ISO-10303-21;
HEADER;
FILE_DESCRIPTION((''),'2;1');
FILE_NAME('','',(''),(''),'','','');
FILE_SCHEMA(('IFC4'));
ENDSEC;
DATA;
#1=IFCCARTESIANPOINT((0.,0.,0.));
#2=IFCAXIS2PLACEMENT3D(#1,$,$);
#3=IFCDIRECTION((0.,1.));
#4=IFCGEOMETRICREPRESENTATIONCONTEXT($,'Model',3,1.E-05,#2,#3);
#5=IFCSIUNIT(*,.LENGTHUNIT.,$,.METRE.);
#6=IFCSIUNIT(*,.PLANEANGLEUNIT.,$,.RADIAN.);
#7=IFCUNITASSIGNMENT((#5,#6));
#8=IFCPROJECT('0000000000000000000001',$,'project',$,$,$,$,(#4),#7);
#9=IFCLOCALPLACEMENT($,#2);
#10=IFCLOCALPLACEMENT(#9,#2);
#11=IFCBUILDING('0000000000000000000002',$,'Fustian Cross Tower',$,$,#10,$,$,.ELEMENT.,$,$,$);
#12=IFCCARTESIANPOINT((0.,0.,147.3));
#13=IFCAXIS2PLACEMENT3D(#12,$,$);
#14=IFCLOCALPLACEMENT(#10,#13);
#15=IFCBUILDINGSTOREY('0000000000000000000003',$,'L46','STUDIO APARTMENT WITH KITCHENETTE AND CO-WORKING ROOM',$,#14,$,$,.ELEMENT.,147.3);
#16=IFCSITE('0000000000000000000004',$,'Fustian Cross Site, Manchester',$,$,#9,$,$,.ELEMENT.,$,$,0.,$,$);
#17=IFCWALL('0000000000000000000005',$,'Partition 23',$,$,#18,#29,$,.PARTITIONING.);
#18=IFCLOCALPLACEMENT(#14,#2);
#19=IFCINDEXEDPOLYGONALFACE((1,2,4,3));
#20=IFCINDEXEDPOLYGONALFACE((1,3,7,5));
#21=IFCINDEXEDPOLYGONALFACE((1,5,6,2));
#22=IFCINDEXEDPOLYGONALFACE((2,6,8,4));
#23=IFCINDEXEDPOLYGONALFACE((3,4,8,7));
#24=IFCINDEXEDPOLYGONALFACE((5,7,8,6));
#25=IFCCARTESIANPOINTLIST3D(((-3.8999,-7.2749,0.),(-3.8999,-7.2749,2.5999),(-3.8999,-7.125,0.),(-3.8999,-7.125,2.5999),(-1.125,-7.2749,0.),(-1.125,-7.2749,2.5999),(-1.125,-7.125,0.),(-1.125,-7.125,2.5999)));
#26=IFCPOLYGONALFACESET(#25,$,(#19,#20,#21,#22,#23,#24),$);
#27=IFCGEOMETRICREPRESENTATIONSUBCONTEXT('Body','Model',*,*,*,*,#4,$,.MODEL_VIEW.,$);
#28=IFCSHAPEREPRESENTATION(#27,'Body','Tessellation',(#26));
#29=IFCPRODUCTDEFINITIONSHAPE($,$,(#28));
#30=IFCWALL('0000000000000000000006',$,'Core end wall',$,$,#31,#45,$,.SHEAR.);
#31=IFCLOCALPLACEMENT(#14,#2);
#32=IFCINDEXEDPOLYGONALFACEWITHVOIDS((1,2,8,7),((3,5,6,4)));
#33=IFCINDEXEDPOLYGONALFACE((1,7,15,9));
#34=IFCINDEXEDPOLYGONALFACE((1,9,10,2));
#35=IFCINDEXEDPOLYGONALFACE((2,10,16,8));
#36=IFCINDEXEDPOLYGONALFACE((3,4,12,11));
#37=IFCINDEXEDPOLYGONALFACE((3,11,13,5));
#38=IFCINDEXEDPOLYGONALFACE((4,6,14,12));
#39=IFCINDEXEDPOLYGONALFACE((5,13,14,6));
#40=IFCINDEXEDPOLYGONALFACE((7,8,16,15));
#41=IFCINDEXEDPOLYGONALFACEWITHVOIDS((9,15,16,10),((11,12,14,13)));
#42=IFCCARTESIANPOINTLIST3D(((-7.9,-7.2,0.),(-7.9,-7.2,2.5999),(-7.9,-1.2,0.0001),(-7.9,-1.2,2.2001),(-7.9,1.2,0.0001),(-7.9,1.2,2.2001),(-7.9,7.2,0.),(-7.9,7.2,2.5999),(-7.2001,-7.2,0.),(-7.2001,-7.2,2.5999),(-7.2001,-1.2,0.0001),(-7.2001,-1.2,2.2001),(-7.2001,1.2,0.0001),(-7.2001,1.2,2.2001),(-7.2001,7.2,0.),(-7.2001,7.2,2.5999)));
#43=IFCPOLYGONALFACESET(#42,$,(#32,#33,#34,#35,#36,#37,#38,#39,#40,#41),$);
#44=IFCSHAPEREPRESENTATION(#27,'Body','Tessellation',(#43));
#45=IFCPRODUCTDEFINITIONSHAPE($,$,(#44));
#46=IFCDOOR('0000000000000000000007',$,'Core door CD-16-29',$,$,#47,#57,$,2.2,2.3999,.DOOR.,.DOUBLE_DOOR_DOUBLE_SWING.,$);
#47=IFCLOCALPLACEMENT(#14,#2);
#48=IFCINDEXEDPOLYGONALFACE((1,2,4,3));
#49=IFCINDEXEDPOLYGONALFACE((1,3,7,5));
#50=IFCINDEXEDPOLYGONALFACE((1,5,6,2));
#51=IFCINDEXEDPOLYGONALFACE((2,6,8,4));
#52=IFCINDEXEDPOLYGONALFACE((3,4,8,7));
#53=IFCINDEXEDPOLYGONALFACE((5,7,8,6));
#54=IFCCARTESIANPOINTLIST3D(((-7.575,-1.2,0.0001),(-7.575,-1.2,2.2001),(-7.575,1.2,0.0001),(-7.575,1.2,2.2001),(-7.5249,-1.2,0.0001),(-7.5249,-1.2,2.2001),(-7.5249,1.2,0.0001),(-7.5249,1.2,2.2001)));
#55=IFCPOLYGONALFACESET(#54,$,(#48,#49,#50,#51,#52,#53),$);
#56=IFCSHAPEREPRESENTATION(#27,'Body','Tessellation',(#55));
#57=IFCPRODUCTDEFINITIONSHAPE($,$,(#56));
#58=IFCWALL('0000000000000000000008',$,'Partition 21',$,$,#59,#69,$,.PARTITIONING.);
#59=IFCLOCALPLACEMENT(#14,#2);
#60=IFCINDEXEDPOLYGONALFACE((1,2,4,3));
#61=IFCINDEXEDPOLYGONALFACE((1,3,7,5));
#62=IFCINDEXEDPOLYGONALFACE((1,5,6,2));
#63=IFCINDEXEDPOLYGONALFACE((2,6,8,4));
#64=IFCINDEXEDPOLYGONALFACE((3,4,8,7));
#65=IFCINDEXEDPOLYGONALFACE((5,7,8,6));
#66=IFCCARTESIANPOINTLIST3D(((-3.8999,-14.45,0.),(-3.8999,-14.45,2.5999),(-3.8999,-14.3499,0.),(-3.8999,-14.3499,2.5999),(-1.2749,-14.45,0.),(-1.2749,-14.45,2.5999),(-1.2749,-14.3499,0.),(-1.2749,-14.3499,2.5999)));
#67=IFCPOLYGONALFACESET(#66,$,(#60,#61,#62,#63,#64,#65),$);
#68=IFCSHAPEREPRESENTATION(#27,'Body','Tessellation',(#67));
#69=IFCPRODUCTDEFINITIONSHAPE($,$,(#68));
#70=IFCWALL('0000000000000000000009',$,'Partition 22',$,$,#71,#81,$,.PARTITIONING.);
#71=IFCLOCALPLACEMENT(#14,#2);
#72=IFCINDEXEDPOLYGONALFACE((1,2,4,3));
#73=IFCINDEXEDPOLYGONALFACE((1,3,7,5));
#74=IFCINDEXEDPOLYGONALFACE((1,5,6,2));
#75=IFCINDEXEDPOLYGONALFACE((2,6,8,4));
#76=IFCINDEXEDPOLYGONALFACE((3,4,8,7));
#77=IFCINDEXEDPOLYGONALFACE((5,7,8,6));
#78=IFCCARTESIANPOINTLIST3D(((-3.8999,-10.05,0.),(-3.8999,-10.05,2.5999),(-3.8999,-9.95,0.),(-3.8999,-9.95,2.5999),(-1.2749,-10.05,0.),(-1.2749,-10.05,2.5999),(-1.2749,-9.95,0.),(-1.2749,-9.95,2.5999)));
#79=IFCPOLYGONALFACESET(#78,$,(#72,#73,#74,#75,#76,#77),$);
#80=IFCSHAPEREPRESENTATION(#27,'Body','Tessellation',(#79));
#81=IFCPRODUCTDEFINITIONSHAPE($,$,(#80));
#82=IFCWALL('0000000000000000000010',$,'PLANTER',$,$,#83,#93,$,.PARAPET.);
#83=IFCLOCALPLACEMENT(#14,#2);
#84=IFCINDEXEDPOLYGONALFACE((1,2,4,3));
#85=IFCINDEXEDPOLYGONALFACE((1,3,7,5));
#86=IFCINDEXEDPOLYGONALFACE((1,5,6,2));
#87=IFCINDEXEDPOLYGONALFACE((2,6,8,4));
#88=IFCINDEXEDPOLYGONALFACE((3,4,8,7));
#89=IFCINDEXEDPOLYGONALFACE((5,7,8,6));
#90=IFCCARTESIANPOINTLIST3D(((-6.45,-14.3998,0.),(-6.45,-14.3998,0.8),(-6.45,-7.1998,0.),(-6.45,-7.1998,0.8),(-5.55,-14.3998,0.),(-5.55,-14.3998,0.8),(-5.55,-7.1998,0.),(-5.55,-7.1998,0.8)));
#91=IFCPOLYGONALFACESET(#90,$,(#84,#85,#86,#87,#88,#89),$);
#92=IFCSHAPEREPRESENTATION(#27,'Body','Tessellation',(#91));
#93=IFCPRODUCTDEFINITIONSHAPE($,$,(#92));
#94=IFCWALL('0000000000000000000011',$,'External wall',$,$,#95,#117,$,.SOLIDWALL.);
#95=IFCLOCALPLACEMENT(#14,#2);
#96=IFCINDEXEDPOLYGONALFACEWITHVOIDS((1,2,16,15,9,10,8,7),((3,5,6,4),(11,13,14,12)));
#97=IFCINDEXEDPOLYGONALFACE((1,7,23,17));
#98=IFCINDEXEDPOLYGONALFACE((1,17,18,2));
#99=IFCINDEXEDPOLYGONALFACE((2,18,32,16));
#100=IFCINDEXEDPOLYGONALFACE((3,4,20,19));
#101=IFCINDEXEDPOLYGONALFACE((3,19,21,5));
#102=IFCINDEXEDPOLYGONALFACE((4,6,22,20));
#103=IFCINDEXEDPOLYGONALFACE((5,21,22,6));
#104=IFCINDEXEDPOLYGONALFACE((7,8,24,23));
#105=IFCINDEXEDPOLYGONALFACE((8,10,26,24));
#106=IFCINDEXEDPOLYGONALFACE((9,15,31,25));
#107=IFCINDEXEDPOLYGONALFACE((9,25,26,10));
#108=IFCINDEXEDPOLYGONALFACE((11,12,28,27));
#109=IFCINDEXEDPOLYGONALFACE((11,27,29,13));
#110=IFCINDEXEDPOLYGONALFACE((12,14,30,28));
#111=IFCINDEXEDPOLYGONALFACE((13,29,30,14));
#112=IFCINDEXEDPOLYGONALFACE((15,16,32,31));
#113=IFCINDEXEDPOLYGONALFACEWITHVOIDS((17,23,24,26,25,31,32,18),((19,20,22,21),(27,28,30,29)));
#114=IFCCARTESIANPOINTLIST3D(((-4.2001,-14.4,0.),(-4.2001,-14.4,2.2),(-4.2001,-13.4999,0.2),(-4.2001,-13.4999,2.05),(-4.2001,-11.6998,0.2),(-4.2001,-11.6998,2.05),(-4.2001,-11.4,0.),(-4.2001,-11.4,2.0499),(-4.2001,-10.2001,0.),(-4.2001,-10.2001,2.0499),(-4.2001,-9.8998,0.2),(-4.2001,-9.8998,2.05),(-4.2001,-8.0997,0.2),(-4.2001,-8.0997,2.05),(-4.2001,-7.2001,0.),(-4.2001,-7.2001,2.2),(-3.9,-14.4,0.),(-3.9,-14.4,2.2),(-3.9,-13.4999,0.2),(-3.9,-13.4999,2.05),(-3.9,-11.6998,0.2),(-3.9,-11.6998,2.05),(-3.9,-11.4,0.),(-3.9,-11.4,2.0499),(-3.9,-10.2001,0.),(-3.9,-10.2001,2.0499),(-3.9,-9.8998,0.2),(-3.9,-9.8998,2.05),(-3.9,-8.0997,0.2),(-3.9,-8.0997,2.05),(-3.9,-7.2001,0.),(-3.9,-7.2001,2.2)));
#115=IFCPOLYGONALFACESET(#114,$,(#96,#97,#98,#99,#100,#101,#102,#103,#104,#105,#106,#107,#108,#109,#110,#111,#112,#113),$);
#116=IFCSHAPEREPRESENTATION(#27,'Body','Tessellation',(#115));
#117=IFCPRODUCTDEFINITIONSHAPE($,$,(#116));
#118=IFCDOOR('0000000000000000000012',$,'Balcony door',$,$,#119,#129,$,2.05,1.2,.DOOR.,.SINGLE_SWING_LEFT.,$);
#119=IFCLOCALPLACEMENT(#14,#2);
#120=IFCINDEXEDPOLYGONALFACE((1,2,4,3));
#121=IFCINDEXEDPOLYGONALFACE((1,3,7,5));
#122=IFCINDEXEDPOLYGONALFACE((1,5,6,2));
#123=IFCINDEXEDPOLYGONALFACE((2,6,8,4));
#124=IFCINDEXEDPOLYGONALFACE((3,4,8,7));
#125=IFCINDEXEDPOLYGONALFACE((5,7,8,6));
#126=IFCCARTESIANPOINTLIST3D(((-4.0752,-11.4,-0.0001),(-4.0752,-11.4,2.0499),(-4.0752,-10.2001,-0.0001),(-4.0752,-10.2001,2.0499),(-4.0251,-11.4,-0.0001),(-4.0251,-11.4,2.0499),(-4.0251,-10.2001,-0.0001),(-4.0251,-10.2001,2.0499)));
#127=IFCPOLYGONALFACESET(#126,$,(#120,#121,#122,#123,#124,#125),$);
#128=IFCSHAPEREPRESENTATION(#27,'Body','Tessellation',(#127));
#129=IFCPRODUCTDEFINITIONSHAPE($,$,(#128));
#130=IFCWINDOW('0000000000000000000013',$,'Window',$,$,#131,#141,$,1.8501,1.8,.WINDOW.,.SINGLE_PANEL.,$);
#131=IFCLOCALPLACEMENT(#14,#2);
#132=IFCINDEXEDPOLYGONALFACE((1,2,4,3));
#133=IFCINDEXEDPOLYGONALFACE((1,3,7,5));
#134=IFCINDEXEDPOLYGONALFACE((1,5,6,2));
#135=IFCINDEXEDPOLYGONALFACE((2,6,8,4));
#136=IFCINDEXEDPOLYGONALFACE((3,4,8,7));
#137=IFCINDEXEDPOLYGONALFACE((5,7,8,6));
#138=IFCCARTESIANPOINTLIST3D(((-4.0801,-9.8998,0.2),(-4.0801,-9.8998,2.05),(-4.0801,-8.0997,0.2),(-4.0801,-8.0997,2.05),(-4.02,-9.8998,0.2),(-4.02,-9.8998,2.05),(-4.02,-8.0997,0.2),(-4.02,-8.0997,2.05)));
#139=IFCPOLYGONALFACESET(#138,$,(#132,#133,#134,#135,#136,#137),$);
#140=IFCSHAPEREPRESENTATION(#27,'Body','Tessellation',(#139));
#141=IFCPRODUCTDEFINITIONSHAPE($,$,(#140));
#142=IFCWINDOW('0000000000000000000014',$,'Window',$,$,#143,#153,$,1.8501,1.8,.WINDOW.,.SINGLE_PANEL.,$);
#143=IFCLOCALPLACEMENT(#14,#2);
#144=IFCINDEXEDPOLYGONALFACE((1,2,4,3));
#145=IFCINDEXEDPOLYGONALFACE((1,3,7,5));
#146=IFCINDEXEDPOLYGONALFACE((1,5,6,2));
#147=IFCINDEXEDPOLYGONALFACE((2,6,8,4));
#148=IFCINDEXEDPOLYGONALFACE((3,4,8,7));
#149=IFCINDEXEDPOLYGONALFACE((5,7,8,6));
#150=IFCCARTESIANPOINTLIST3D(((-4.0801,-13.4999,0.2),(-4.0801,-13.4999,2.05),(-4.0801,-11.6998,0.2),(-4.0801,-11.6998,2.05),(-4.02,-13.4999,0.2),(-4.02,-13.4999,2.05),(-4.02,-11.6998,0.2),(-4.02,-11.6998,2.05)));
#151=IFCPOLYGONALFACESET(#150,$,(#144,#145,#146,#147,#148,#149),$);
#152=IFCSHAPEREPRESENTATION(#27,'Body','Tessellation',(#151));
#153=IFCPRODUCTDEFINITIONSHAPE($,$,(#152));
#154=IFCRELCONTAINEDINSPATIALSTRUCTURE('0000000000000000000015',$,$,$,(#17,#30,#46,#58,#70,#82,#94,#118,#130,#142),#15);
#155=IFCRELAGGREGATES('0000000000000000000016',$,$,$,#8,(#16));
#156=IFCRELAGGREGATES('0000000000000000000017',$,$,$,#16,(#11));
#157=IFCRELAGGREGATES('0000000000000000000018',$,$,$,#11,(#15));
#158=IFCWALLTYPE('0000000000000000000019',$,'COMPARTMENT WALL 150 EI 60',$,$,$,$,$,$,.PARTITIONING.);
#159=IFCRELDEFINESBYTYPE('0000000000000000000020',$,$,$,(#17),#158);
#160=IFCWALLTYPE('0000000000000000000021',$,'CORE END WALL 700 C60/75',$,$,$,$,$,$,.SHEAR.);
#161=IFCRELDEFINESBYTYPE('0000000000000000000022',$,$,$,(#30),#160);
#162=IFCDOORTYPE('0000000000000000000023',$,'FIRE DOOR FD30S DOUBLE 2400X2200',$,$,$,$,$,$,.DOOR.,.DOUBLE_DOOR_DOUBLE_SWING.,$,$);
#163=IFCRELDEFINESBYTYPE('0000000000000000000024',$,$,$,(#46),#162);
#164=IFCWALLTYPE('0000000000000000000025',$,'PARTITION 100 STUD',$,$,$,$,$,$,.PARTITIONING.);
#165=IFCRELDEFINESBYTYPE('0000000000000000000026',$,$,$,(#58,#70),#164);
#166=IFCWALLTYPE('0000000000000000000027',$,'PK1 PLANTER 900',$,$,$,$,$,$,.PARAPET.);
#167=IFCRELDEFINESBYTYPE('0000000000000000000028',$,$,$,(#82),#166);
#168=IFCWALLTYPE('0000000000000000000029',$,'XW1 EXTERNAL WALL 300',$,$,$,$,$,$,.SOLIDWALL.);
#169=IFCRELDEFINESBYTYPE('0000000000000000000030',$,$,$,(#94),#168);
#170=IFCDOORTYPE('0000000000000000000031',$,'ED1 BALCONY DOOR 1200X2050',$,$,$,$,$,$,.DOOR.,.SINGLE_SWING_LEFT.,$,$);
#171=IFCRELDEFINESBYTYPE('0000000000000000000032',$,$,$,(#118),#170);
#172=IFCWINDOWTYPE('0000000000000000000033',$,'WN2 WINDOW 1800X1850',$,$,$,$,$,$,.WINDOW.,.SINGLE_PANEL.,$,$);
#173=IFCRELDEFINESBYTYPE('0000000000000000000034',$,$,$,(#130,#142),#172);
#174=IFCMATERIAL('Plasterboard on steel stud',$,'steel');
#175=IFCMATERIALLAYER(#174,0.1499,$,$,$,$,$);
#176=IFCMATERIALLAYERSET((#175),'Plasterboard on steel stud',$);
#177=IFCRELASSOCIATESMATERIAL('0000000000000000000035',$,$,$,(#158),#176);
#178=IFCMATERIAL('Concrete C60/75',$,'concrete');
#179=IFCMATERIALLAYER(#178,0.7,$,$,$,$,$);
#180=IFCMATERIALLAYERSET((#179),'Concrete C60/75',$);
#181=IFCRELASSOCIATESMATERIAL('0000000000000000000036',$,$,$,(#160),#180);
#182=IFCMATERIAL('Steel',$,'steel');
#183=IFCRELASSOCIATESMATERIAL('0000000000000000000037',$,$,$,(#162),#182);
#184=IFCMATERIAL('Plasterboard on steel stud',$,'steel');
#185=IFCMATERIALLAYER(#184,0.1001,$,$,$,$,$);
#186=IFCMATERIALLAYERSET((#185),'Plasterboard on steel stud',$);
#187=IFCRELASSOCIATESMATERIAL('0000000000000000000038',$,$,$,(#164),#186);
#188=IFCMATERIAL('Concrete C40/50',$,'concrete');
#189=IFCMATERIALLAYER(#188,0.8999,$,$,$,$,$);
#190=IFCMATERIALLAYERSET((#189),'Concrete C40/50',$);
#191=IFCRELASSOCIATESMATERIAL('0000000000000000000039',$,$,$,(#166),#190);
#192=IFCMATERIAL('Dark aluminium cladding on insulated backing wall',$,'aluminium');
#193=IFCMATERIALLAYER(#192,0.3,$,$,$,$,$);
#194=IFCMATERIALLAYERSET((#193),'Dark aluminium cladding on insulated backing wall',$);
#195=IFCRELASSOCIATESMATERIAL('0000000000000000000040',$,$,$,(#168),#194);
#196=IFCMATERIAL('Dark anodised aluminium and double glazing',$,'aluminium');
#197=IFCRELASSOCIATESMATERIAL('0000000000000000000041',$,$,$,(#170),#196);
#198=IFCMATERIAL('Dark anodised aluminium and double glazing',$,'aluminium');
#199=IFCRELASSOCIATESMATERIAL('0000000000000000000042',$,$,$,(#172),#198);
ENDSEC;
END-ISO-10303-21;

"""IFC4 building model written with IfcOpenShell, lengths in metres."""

from ifc_helpers import new_model, si_unit, direction, frame, frame_2d, origin, place, context, subcontext, project, spatial, rectangle, extrude, material, layer, layer_set, type_object, element, fill, save


model = new_model("IFC4")

# Units and contexts
model_context = context("Model", 3, precision=1e-05, world=origin(), true_north=direction((0.0, 1.0)))
body_context = subcontext(model_context, "Body", "Model", "MODEL_VIEW")
ifc_project = project(units=[si_unit("LENGTHUNIT", "METRE"), si_unit("PLANEANGLEUNIT", "RADIAN")], contexts=[model_context])

# Site, building, storey
site_placement = place(None, origin())
site = spatial("IfcSite", under=ifc_project, at=site_placement, Name="Fustian Cross Site, Manchester", CompositionType="ELEMENT", RefElevation=0.0)
building_placement = place(site_placement, origin())
building = spatial("IfcBuilding", under=site, at=building_placement, Name="Fustian Cross Tower", CompositionType="ELEMENT")
storey_placement = place(building_placement, frame((0.0, 0.0, 147.3)))
storey = spatial("IfcBuildingStorey", under=building, at=storey_placement, Name="L46", Description="STUDIO APARTMENT WITH KITCHENETTE AND CO-WORKING ROOM", CompositionType="ELEMENT", Elevation=147.3)

# Wall
ifc_material_1 = material(Name="Plasterboard on steel stud", Category="steel")
ifc_layer_1 = layer(ifc_material_1, 0.1499)
ifc_layer_set_1 = layer_set([ifc_layer_1], Name="Plasterboard on steel stud")
wall_type_1 = type_object("IfcWallType", Name="COMPARTMENT WALL 150 EI 60", PredefinedType="PARTITIONING", material=ifc_layer_set_1)
wall_1_placement = place(storey_placement, frame((-3.8999, -7.2, 0.0), z_axis=(0.0, 0.0, 1.0), x_axis=(1.0, 0.0, 0.0)))
element("IfcWall", 1, at=wall_1_placement, inside=storey, type_object=wall_type_1, Name="Partition 23", PredefinedType="PARTITIONING", context=body_context, shape_type="SweptSolid", body=[
    extrude(rectangle(XDim=2.7749, YDim=0.1499, at=frame_2d((1.3875, 0.0))), origin(), (0.0, 0.0, 1.0), 2.5999),
])

# Wall, opening, door
ifc_material_2 = material(Name="Concrete C60/75", Category="concrete")
ifc_layer_2 = layer(ifc_material_2, 0.7)
ifc_layer_set_2 = layer_set([ifc_layer_2], Name="Concrete C60/75")
wall_type_2 = type_object("IfcWallType", Name="CORE END WALL 700 C60/75", PredefinedType="SHEAR", material=ifc_layer_set_2)
wall_2_placement = place(storey_placement, frame((-7.55, -7.2, 0.0), z_axis=(0.0, 0.0, 1.0), x_axis=(0.0, 1.0, 0.0)))
wall_2 = element("IfcWall", 2, at=wall_2_placement, inside=storey, type_object=wall_type_2, Name="Core end wall", PredefinedType="SHEAR", context=body_context, shape_type="SweptSolid", body=[
    extrude(rectangle(XDim=14.3999, YDim=0.7, at=frame_2d((7.2, 0.0))), origin(), (0.0, 0.0, 1.0), 2.5999),
])
opening_1_placement = place(wall_2_placement, frame((6.0, 0.0, 0.0)))
opening_1 = element("IfcOpeningElement", 3, at=opening_1_placement, cuts=wall_2, PredefinedType="OPENING", context=body_context, shape_type="SweptSolid", body=[
    extrude(rectangle(XDim=2.3999, YDim=2.2, at=frame_2d((1.2, 1.1001))), frame((0.0, 0.3599, 0.0), z_axis=(0.0, -1.0, 0.0), x_axis=(1.0, 0.0, 0.0)), (0.0, 0.0, 1.0), 0.72),
])
ifc_material_3 = material(Name="Steel", Category="steel")
door_type_1 = type_object("IfcDoorType", Name="FIRE DOOR FD30S DOUBLE 2400X2200", OperationType="DOUBLE_DOOR_DOUBLE_SWING", PredefinedType="DOOR", material=ifc_material_3)
door_1_placement = place(opening_1_placement, origin())
door_1 = element("IfcDoor", 4, at=door_1_placement, inside=storey, type_object=door_type_1, Name="Core door CD-16-29", OperationType="DOUBLE_DOOR_DOUBLE_SWING", OverallHeight=2.2, OverallWidth=2.3999, PredefinedType="DOOR", context=body_context, shape_type="SweptSolid", body=[
    extrude(rectangle(XDim=2.3999, YDim=2.2, at=frame_2d((1.2, 1.1001))), frame((0.0, 0.0249, 0.0), z_axis=(0.0, -1.0, 0.0), x_axis=(1.0, 0.0, 0.0)), (0.0, 0.0, 1.0), 0.05),
])
fill(opening_1, door_1)

# Walls
ifc_material_4 = material(Name="Plasterboard on steel stud", Category="steel")
ifc_layer_3 = layer(ifc_material_4, 0.1001)
ifc_layer_set_3 = layer_set([ifc_layer_3], Name="Plasterboard on steel stud")
wall_type_3 = type_object("IfcWallType", Name="PARTITION 100 STUD", PredefinedType="PARTITIONING", material=ifc_layer_set_3)
for number, where, z_axis, x_axis, name in (
    (5, (-3.8999, -14.3999, 0.0), (0.0, 0.0, 1.0), (1.0, 0.0, 0.0), "Partition 21"),
    (6, (-3.8999, -10.0, 0.0), (0.0, 0.0, 1.0), (1.0, 0.0, 0.0), "Partition 22"),
):
    element("IfcWall", number, at=place(storey_placement, frame(where, z_axis=z_axis, x_axis=x_axis)), inside=storey, type_object=wall_type_3, Name=name, PredefinedType="PARTITIONING", context=body_context, shape_type="SweptSolid", body=[
        extrude(rectangle(XDim=2.625, YDim=0.1001, at=frame_2d((1.3125, 0.0))), origin(), (0.0, 0.0, 1.0), 2.5999),
    ])
ifc_material_5 = material(Name="Concrete C40/50", Category="concrete")
ifc_layer_4 = layer(ifc_material_5, 0.8999)
ifc_layer_set_4 = layer_set([ifc_layer_4], Name="Concrete C40/50")
wall_type_4 = type_object("IfcWallType", Name="PK1 PLANTER 900", PredefinedType="PARAPET", material=ifc_layer_set_4)
wall_3_placement = place(storey_placement, frame((-6.0, -14.3999, 0.0), z_axis=(0.0, 0.0, 1.0), x_axis=(0.0, 1.0, 0.0)))
element("IfcWall", 7, at=wall_3_placement, inside=storey, type_object=wall_type_4, Name="PLANTER", PredefinedType="PARAPET", context=body_context, shape_type="SweptSolid", body=[
    extrude(rectangle(XDim=7.2, YDim=0.8999, at=frame_2d((3.6001, 0.0))), origin(), (0.0, 0.0, 1.0), 0.8),
])

# Wall, openings, door, windows
ifc_material_6 = material(Name="Dark aluminium cladding on insulated backing wall", Category="aluminium")
ifc_layer_5 = layer(ifc_material_6, 0.3)
ifc_layer_set_5 = layer_set([ifc_layer_5], Name="Dark aluminium cladding on insulated backing wall")
wall_type_5 = type_object("IfcWallType", Name="XW1 EXTERNAL WALL 300", PredefinedType="SOLIDWALL", material=ifc_layer_set_5)
wall_4_placement = place(storey_placement, frame((-4.05, -7.2, 0.0), z_axis=(0.0, 0.0, 1.0), x_axis=(0.0, -1.0, 0.0)))
wall_4 = element("IfcWall", 8, at=wall_4_placement, inside=storey, type_object=wall_type_5, Name="External wall", PredefinedType="SOLIDWALL", context=body_context, shape_type="SweptSolid", body=[
    extrude(rectangle(XDim=7.2, YDim=0.3, at=frame_2d((3.6001, 0.0))), origin(), (0.0, 0.0, 1.0), 2.2),
])
opening_2_placement = place(wall_4_placement, frame((3.0, 0.0, 0.0)))
opening_2 = element("IfcOpeningElement", 9, at=opening_2_placement, cuts=wall_4, PredefinedType="OPENING", context=body_context, shape_type="SweptSolid", body=[
    extrude(rectangle(XDim=1.2, YDim=2.05, at=frame_2d((0.6001, 1.0249))), frame((0.0, 0.1599, 0.0), z_axis=(0.0, -1.0, 0.0), x_axis=(1.0, 0.0, 0.0)), (0.0, 0.0, 1.0), 0.3201),
])
opening_3_placement = place(wall_4_placement, frame((0.8999, 0.0, 0.2)))
opening_3 = element("IfcOpeningElement", 10, at=opening_3_placement, cuts=wall_4, PredefinedType="OPENING", context=body_context, shape_type="SweptSolid", body=[
    extrude(rectangle(XDim=1.8, YDim=1.8501, at=frame_2d((0.8999, 0.925))), frame((0.0, 0.1599, 0.0), z_axis=(0.0, -1.0, 0.0), x_axis=(1.0, 0.0, 0.0)), (0.0, 0.0, 1.0), 0.3201),
])
opening_4_placement = place(wall_4_placement, frame((4.5, 0.0, 0.2)))
opening_4 = element("IfcOpeningElement", 11, at=opening_4_placement, cuts=wall_4, PredefinedType="OPENING", context=body_context, shape_type="SweptSolid", body=[
    extrude(rectangle(XDim=1.8, YDim=1.8501, at=frame_2d((0.8999, 0.925))), frame((0.0, 0.1599, 0.0), z_axis=(0.0, -1.0, 0.0), x_axis=(1.0, 0.0, 0.0)), (0.0, 0.0, 1.0), 0.3201),
])
ifc_material_7 = material(Name="Dark anodised aluminium and double glazing", Category="aluminium")
door_type_2 = type_object("IfcDoorType", Name="ED1 BALCONY DOOR 1200X2050", OperationType="SINGLE_SWING_LEFT", PredefinedType="DOOR", material=ifc_material_7)
door_2_placement = place(opening_2_placement, origin())
door_2 = element("IfcDoor", 12, at=door_2_placement, inside=storey, type_object=door_type_2, Name="Balcony door", OperationType="SINGLE_SWING_LEFT", OverallHeight=2.05, OverallWidth=1.2, PredefinedType="DOOR", context=body_context, shape_type="SweptSolid", body=[
    extrude(rectangle(XDim=1.2, YDim=2.05, at=frame_2d((0.6001, 1.0249))), frame((0.0, 0.0249, 0.0), z_axis=(0.0, -1.0, 0.0), x_axis=(1.0, 0.0, 0.0)), (0.0, 0.0, 1.0), 0.05),
])
fill(opening_2, door_2)
ifc_material_8 = material(Name="Dark anodised aluminium and double glazing", Category="aluminium")
window_type = type_object("IfcWindowType", Name="WN2 WINDOW 1800X1850", PartitioningType="SINGLE_PANEL", PredefinedType="WINDOW", material=ifc_material_8)
window_1_placement = place(opening_3_placement, origin())
window_1 = element("IfcWindow", 13, at=window_1_placement, inside=storey, type_object=window_type, Name="Window", OverallHeight=1.8501, OverallWidth=1.8, PartitioningType="SINGLE_PANEL", PredefinedType="WINDOW", context=body_context, shape_type="SweptSolid", body=[
    extrude(rectangle(XDim=1.8, YDim=1.8501, at=frame_2d((0.8999, 0.925))), frame((0.0, 0.03, 0.0), z_axis=(0.0, -1.0, 0.0), x_axis=(1.0, 0.0, 0.0)), (0.0, 0.0, 1.0), 0.0601),
])
fill(opening_3, window_1)
window_2_placement = place(opening_4_placement, origin())
window_2 = element("IfcWindow", 14, at=window_2_placement, inside=storey, type_object=window_type, Name="Window", OverallHeight=1.8501, OverallWidth=1.8, PartitioningType="SINGLE_PANEL", PredefinedType="WINDOW", context=body_context, shape_type="SweptSolid", body=[
    extrude(rectangle(XDim=1.8, YDim=1.8501, at=frame_2d((0.8999, 0.925))), frame((0.0, 0.03, 0.0), z_axis=(0.0, -1.0, 0.0), x_axis=(1.0, 0.0, 0.0)), (0.0, 0.0, 1.0), 0.0601),
])
fill(opening_4, window_2)

save(model, "model.ifc")
